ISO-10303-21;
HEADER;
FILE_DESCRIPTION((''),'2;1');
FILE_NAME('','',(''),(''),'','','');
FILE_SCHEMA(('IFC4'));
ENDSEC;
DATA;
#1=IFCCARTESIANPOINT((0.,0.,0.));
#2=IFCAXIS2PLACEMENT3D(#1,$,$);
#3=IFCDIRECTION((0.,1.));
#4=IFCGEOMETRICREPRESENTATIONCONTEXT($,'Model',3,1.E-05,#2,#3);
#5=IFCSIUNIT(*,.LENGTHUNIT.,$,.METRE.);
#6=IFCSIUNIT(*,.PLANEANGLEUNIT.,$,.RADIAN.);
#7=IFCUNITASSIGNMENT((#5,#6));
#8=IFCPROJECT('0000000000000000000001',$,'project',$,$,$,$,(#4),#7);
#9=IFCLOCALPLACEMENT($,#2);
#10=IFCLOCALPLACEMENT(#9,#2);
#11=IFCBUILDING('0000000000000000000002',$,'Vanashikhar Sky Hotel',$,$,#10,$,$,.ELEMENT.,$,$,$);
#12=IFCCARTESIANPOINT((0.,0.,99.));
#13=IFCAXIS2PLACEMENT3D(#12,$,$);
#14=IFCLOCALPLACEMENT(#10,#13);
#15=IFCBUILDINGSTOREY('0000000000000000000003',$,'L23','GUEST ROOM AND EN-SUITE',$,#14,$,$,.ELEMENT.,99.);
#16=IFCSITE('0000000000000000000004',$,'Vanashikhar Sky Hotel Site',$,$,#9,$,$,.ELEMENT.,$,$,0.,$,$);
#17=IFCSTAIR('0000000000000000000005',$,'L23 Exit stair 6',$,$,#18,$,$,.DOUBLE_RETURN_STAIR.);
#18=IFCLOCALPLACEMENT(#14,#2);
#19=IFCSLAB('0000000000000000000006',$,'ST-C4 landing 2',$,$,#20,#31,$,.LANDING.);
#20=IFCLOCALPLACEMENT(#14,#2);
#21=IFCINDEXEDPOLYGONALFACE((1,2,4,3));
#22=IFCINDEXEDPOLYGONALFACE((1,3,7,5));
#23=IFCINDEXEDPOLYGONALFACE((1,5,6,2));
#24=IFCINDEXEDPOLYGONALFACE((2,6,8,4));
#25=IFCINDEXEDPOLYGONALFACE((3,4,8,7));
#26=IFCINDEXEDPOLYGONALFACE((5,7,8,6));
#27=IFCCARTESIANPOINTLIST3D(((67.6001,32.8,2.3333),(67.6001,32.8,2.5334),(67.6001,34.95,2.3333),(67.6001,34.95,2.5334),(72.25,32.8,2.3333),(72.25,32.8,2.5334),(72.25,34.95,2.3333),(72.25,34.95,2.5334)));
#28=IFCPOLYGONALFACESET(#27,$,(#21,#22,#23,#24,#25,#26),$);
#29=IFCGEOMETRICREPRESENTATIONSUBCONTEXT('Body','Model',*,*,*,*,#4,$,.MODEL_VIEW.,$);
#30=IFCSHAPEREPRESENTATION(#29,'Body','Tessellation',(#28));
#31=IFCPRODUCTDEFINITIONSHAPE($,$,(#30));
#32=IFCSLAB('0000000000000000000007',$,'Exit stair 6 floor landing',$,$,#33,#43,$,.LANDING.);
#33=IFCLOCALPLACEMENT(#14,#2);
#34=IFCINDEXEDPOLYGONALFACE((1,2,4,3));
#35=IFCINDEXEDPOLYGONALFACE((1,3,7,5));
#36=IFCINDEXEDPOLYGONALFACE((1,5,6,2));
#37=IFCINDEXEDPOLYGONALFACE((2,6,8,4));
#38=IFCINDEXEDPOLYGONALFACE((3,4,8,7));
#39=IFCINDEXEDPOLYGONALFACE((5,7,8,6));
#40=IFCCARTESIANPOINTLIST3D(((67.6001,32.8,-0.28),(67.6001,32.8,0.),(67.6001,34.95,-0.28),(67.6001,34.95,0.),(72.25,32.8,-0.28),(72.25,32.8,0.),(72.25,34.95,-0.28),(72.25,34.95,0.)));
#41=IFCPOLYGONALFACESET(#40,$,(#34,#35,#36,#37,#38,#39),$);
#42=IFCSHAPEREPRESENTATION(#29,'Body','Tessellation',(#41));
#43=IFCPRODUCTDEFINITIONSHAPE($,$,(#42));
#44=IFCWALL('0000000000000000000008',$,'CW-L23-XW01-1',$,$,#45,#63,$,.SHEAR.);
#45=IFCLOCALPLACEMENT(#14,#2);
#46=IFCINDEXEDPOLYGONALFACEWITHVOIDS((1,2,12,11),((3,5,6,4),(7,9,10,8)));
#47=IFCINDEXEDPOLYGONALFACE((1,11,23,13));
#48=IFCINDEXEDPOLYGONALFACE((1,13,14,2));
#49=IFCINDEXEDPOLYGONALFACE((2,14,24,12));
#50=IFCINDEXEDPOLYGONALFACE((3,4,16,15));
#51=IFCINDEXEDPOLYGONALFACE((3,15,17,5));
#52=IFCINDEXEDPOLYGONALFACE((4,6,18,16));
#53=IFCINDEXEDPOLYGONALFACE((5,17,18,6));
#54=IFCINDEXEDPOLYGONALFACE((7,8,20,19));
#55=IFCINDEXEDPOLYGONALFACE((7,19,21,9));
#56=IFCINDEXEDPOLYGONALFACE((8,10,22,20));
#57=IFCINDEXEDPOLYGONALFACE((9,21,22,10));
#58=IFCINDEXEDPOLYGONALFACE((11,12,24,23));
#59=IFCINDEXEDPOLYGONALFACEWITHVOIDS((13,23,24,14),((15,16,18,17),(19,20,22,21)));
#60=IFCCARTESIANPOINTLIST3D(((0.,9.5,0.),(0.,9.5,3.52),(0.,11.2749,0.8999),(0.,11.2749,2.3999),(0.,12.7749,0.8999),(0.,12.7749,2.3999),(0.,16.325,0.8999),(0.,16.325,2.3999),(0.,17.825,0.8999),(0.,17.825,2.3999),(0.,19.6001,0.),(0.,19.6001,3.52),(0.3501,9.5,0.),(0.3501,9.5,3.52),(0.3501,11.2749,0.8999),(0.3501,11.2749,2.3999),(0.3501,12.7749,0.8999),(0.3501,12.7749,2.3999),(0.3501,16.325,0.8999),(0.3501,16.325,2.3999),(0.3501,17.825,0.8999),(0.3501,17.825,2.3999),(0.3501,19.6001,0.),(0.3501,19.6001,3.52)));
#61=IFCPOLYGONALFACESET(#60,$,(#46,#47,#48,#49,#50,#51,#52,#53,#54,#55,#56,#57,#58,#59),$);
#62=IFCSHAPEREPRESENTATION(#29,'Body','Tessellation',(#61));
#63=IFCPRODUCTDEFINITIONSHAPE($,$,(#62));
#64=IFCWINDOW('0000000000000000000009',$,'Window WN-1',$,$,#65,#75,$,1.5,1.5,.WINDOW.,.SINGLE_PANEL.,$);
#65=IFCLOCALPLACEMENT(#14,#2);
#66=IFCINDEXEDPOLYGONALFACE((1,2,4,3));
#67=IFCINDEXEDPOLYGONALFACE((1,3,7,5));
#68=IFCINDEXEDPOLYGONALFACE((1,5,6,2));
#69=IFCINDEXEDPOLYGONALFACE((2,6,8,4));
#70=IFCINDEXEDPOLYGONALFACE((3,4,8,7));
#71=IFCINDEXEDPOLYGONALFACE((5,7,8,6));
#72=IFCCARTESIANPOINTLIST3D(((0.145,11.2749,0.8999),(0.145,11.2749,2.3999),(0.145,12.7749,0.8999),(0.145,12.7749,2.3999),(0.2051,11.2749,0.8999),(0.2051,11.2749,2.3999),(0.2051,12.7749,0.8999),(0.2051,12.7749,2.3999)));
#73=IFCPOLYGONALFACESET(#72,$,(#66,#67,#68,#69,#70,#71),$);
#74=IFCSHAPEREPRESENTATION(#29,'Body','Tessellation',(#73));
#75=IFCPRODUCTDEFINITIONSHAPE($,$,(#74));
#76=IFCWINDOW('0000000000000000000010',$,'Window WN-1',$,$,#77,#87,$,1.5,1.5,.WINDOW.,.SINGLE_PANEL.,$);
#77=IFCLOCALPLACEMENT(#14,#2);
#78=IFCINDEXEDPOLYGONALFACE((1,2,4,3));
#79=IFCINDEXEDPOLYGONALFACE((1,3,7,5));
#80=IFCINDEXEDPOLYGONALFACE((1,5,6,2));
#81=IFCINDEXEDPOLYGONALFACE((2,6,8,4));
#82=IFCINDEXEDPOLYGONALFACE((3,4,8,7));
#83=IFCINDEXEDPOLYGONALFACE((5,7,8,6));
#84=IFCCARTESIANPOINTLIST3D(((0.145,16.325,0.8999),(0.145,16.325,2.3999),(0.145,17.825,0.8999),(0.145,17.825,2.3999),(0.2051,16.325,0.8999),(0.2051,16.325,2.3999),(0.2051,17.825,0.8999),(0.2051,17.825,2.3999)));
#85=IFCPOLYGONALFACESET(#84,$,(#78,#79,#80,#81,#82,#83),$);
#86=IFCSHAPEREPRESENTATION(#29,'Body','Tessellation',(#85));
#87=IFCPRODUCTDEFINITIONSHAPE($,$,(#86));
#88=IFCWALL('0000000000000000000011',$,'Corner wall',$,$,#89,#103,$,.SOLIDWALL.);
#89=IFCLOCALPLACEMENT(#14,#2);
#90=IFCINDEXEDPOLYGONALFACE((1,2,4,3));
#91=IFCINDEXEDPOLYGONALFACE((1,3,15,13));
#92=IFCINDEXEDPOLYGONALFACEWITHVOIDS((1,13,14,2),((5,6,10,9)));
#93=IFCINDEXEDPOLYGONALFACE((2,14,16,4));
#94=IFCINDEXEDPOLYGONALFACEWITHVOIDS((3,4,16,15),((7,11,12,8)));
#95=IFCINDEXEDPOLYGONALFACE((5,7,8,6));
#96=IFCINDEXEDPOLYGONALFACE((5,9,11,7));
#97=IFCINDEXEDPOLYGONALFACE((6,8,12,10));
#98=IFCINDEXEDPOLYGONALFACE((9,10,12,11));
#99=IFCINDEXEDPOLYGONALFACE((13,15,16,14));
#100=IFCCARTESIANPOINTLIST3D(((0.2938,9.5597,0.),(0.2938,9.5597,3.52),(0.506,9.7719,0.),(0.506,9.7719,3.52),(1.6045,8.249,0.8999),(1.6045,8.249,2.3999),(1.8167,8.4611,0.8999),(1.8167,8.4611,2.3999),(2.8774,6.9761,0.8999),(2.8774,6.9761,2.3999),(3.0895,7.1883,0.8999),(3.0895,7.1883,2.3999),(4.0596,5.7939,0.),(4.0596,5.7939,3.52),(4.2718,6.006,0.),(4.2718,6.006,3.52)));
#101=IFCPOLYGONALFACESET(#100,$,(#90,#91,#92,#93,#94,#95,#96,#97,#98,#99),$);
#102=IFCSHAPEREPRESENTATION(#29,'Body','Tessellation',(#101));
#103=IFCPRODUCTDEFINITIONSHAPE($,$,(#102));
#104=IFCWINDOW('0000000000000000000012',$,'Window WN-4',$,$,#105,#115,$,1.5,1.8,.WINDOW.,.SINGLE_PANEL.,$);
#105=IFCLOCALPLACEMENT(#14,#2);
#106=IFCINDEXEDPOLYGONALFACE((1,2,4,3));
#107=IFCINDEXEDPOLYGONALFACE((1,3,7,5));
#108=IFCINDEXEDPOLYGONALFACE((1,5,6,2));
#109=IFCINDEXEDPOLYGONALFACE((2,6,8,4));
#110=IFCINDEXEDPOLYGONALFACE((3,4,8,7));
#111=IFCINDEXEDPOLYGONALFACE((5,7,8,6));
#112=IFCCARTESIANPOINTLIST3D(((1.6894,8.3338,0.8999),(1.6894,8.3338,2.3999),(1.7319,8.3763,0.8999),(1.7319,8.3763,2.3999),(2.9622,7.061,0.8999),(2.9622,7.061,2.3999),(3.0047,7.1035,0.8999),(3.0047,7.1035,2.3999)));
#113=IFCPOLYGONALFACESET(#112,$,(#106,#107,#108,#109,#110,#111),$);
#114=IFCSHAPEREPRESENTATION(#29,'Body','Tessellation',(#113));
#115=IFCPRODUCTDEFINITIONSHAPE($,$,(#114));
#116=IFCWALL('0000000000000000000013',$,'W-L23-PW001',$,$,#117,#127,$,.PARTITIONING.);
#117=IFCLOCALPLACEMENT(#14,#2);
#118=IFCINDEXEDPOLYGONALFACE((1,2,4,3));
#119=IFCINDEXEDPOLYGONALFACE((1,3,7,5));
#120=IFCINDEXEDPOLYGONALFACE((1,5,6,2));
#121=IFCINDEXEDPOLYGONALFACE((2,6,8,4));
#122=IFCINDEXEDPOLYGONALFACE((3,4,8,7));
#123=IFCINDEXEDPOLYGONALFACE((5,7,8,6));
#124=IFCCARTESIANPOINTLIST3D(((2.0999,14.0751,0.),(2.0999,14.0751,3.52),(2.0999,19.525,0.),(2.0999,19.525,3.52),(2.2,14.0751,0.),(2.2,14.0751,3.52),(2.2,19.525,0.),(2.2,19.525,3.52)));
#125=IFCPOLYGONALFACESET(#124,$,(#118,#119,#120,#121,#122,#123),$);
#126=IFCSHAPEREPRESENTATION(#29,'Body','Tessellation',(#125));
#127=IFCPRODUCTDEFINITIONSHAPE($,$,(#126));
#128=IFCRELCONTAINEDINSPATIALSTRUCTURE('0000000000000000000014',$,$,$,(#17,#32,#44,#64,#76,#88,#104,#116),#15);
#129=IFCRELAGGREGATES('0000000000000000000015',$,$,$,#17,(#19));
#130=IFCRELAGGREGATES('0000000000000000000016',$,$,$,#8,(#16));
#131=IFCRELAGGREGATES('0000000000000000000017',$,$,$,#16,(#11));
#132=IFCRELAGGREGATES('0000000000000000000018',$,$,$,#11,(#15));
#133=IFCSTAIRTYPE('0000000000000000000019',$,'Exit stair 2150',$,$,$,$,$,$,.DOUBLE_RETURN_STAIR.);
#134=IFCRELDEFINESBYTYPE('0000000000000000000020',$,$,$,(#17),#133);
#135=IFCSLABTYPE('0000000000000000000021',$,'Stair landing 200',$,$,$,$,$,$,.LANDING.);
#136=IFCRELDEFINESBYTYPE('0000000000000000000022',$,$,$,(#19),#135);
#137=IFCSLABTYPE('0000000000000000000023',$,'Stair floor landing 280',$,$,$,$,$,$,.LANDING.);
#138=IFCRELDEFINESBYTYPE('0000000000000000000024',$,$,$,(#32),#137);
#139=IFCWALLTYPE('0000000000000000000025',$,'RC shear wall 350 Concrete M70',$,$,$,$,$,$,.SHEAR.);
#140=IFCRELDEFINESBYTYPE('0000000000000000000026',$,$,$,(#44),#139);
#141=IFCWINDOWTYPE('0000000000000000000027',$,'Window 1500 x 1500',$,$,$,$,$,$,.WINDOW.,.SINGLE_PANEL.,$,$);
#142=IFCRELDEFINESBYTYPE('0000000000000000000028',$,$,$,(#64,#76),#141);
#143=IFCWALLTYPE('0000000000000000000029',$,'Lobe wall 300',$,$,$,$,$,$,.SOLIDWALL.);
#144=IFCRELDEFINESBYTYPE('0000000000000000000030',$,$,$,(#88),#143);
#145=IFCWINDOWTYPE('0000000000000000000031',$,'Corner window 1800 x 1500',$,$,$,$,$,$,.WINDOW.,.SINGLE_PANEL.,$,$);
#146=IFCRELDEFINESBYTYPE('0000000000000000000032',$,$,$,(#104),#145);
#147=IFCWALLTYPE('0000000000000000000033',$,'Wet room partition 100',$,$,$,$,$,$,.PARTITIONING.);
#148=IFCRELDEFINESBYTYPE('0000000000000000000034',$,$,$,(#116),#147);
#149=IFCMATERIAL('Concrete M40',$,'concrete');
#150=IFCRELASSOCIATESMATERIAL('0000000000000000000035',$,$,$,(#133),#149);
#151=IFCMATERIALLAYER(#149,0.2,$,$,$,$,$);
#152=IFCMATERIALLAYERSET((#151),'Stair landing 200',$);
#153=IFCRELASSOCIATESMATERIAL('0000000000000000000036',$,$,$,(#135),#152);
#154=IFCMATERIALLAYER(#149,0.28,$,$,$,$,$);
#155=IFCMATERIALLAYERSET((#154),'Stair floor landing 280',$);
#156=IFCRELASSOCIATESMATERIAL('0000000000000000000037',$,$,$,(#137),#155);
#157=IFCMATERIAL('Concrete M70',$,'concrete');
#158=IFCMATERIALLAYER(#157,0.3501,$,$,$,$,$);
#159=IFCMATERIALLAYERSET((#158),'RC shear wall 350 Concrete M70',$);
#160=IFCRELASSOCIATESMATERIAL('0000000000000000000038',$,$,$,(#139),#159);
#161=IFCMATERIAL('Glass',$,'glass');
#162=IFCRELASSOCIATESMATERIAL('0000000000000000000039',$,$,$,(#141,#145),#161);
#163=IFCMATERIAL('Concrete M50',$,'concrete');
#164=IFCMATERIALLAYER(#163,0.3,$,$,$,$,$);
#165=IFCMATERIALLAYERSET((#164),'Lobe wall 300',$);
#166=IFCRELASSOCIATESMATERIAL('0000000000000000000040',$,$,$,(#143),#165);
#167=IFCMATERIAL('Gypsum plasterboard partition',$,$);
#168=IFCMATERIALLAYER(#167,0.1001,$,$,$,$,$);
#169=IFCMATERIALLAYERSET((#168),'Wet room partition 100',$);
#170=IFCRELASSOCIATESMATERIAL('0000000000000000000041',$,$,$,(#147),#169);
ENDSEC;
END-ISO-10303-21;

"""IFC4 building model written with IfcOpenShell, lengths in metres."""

from ifc_helpers import new_model, si_unit, direction, frame, frame_2d, origin, place, context, subcontext, project, spatial, polyline, rectangle, outline, extrude, source, transform, mapped, material, layer, layer_set, type_object, element, fill, aggregate, save


model = new_model("IFC4")

# Units and contexts
model_context = context("Model", 3, precision=1e-05, world=origin(), true_north=direction((0.0, 1.0)))
body_context = subcontext(model_context, "Body", "Model", "MODEL_VIEW")
ifc_project = project(units=[si_unit("LENGTHUNIT", "METRE"), si_unit("PLANEANGLEUNIT", "RADIAN")], contexts=[model_context])

# Site, building, storey
site_placement = place(None, origin())
site = spatial("IfcSite", under=ifc_project, at=site_placement, Name="Vanashikhar Sky Hotel Site", CompositionType="ELEMENT", RefElevation=0.0)
building_placement = place(site_placement, origin())
building = spatial("IfcBuilding", under=site, at=building_placement, Name="Vanashikhar Sky Hotel", CompositionType="ELEMENT")
storey_placement = place(building_placement, frame((0.0, 0.0, 99.0)))
storey = spatial("IfcBuildingStorey", under=building, at=storey_placement, Name="L23", Description="GUEST ROOM AND EN-SUITE", CompositionType="ELEMENT", Elevation=99.0)

# Shared definitions
ifc_material_1 = material(Name="Concrete M40", Category="concrete")

# Shared definitions
stair_type = type_object("IfcStairType", Name="Exit stair 2150", PredefinedType="DOUBLE_RETURN_STAIR", material=ifc_material_1)
ifc_layer_1 = layer(ifc_material_1, 0.2)
ifc_layer_set_1 = layer_set([ifc_layer_1], Name="Stair landing 200")
slab_type_1 = type_object("IfcSlabType", Name="Stair landing 200", PredefinedType="LANDING", material=ifc_layer_set_1)

# Shared definitions
ifc_layer_2 = layer(ifc_material_1, 0.28)
ifc_layer_set_2 = layer_set([ifc_layer_2], Name="Stair floor landing 280")
slab_type_2 = type_object("IfcSlabType", Name="Stair floor landing 280", PredefinedType="LANDING", material=ifc_layer_set_2)

# Stair, slab
stair_1_placement = place(storey_placement, origin())
stair_1 = element("IfcStair", 1, at=stair_1_placement, inside=storey, type_object=stair_type, Name="L23 Exit stair 6", PredefinedType="DOUBLE_RETURN_STAIR")
shared_shape_1 = source(origin(), body_context, "Body", "SweptSolid", [
    extrude(outline(polyline([(72.25, 32.8), (72.25, 34.95), (67.6001, 34.95), (67.6001, 32.8), (72.25, 32.8)])), origin(), (0.0, 0.0, 1.0), 0.2002),
])
slab_1_placement = place(storey_placement, frame((0.0, 0.0, 2.3333)))
slab_1 = element("IfcSlab", 2, at=slab_1_placement, type_object=slab_type_1, Name="ST-C4 landing 2", PredefinedType="LANDING", context=body_context, shape_type="MappedRepresentation", body=[
    mapped(shared_shape_1, transform((0.0, 0.0, 0.0), scale=1.0)),
])
aggregate(stair_1, [slab_1])

# Slab
shared_shape_2 = source(origin(), body_context, "Body", "SweptSolid", [
    extrude(outline(polyline([(72.25, 32.8), (72.25, 34.95), (67.6001, 34.95), (67.6001, 32.8), (72.25, 32.8)])), origin(), (0.0, 0.0, 1.0), 0.28),
])
slab_2_placement = place(storey_placement, frame((0.0, 0.0, -0.28)))
element("IfcSlab", 3, at=slab_2_placement, inside=storey, type_object=slab_type_2, Name="Exit stair 6 floor landing", PredefinedType="LANDING", context=body_context, shape_type="MappedRepresentation", body=[
    mapped(shared_shape_2, transform((0.0, 0.0, 0.0), scale=1.0)),
])

# Wall, openings, windows
ifc_material_2 = material(Name="Concrete M70", Category="concrete")
ifc_layer_3 = layer(ifc_material_2, 0.3501)
ifc_layer_set_3 = layer_set([ifc_layer_3], Name="RC shear wall 350 Concrete M70")
wall_type_1 = type_object("IfcWallType", Name="RC shear wall 350 Concrete M70", PredefinedType="SHEAR", material=ifc_layer_set_3)
shared_shape_3 = source(origin(), body_context, "Body", "SweptSolid", [
    extrude(rectangle(XDim=10.1001, YDim=0.3501, at=frame_2d((5.05, 0.0))), origin(), (0.0, 0.0, 1.0), 3.52),
])
wall_1_placement = place(storey_placement, frame((0.175, 9.5, 0.0), z_axis=(0.0, 0.0, 1.0), x_axis=(0.0, 1.0, 0.0)))
wall_1 = element("IfcWall", 4, at=wall_1_placement, inside=storey, type_object=wall_type_1, Name="CW-L23-XW01-1", PredefinedType="SHEAR", context=body_context, shape_type="MappedRepresentation", body=[
    mapped(shared_shape_3, transform((0.0, 0.0, 0.0), scale=1.0)),
])
shared_shape_4 = source(origin(), body_context, "Body", "SweptSolid", [
    extrude(rectangle(XDim=1.5, YDim=1.5, at=frame_2d((0.75, 0.75))), frame((0.0, 0.1851, 0.0), z_axis=(0.0, -1.0, 0.0), x_axis=(1.0, 0.0, 0.0)), (0.0, 0.0, 1.0), 0.3701),
])
opening_1_placement = place(wall_1_placement, frame((1.7749, 0.0, 0.8999)))
opening_1 = element("IfcOpeningElement", 5, at=opening_1_placement, cuts=wall_1, PredefinedType="OPENING", context=body_context, shape_type="MappedRepresentation", body=[
    mapped(shared_shape_4, transform((0.0, 0.0, 0.0), scale=1.0)),
])
opening_2_placement = place(wall_1_placement, frame((6.825, 0.0, 0.8999)))
opening_2 = element("IfcOpeningElement", 6, at=opening_2_placement, cuts=wall_1, PredefinedType="OPENING", context=body_context, shape_type="MappedRepresentation", body=[
    mapped(shared_shape_4, transform((0.0, 0.0, 0.0), scale=1.0)),
])
ifc_material_3 = material(Name="Glass", Category="glass")
window_type_1 = type_object("IfcWindowType", Name="Window 1500 x 1500", PartitioningType="SINGLE_PANEL", PredefinedType="WINDOW", material=ifc_material_3)
shared_shape_5 = source(origin(), body_context, "Body", "SweptSolid", [
    extrude(rectangle(XDim=1.5, YDim=1.5, at=frame_2d((0.75, 0.75))), frame((0.0, 0.03, 0.0), z_axis=(0.0, -1.0, 0.0), x_axis=(1.0, 0.0, 0.0)), (0.0, 0.0, 1.0), 0.0601),
])
window_1_placement = place(opening_1_placement, origin())
window_1 = element("IfcWindow", 7, at=window_1_placement, inside=storey, type_object=window_type_1, Name="Window WN-1", OverallHeight=1.5, OverallWidth=1.5, PartitioningType="SINGLE_PANEL", PredefinedType="WINDOW", context=body_context, shape_type="MappedRepresentation", body=[
    mapped(shared_shape_5, transform((0.0, 0.0, 0.0), scale=1.0)),
])
fill(opening_1, window_1)
window_2_placement = place(opening_2_placement, origin())
window_2 = element("IfcWindow", 8, at=window_2_placement, inside=storey, type_object=window_type_1, Name="Window WN-1", OverallHeight=1.5, OverallWidth=1.5, PartitioningType="SINGLE_PANEL", PredefinedType="WINDOW", context=body_context, shape_type="MappedRepresentation", body=[
    mapped(shared_shape_5, transform((0.0, 0.0, 0.0), scale=1.0)),
])
fill(opening_2, window_2)

# Wall, opening, window
ifc_material_4 = material(Name="Concrete M50", Category="concrete")
ifc_layer_4 = layer(ifc_material_4, 0.3)
ifc_layer_set_4 = layer_set([ifc_layer_4], Name="Lobe wall 300")
wall_type_2 = type_object("IfcWallType", Name="Lobe wall 300", PredefinedType="SOLIDWALL", material=ifc_layer_set_4)
shared_shape_6 = source(origin(), body_context, "Body", "SweptSolid", [
    extrude(rectangle(XDim=5.3257, YDim=0.3, at=frame_2d((2.6628, 0.0))), origin(), (0.0, 0.0, 1.0), 3.52),
])
wall_2_placement = place(storey_placement, frame((0.3999, 9.6658, 0.0), z_axis=(0.0, 0.0, 1.0), x_axis=(0.707107, -0.707107, 0.0)))
wall_2 = element("IfcWall", 9, at=wall_2_placement, inside=storey, type_object=wall_type_2, Name="Corner wall", PredefinedType="SOLIDWALL", context=body_context, shape_type="MappedRepresentation", body=[
    mapped(shared_shape_6, transform((0.0, 0.0, 0.0), scale=1.0)),
])
shared_shape_7 = source(origin(), body_context, "Body", "SweptSolid", [
    extrude(rectangle(XDim=1.8, YDim=1.5, at=frame_2d((0.8999, 0.75))), frame((0.0, 0.1602, 0.0), z_axis=(0.0, -1.0, 0.0), x_axis=(1.0, 0.0, 0.0)), (0.0, 0.0, 1.0), 0.3201),
])
opening_3_placement = place(wall_2_placement, frame((1.8538, 0.0, 0.8999)))
opening_3 = element("IfcOpeningElement", 10, at=opening_3_placement, cuts=wall_2, PredefinedType="OPENING", context=body_context, shape_type="MappedRepresentation", body=[
    mapped(shared_shape_7, transform((0.0, 0.0, 0.0), scale=1.0)),
])
window_type_2 = type_object("IfcWindowType", Name="Corner window 1800 x 1500", PartitioningType="SINGLE_PANEL", PredefinedType="WINDOW", material=ifc_material_3)
shared_shape_8 = source(origin(), body_context, "Body", "SweptSolid", [
    extrude(rectangle(XDim=1.8, YDim=1.5, at=frame_2d((0.8999, 0.75))), frame((0.0, 0.03, 0.0), z_axis=(0.0, -1.0, 0.0), x_axis=(1.0, 0.0, 0.0)), (0.0, 0.0, 1.0), 0.0601),
])
window_3_placement = place(opening_3_placement, origin())
window_3 = element("IfcWindow", 11, at=window_3_placement, inside=storey, type_object=window_type_2, Name="Window WN-4", OverallHeight=1.5, OverallWidth=1.8, PartitioningType="SINGLE_PANEL", PredefinedType="WINDOW", context=body_context, shape_type="MappedRepresentation", body=[
    mapped(shared_shape_8, transform((0.0, 0.0, 0.0), scale=1.0)),
])
fill(opening_3, window_3)

# Wall
ifc_material_5 = material(Name="Gypsum plasterboard partition")
ifc_layer_5 = layer(ifc_material_5, 0.1001)
ifc_layer_set_5 = layer_set([ifc_layer_5], Name="Wet room partition 100")
wall_type_3 = type_object("IfcWallType", Name="Wet room partition 100", PredefinedType="PARTITIONING", material=ifc_layer_set_5)
shared_shape_9 = source(origin(), body_context, "Body", "SweptSolid", [
    extrude(rectangle(XDim=5.45, YDim=0.1001, at=frame_2d((2.7251, 0.0))), origin(), (0.0, 0.0, 1.0), 3.52),
])
wall_3_placement = place(storey_placement, frame((2.1499, 14.075, 0.0), z_axis=(0.0, 0.0, 1.0), x_axis=(0.0, 1.0, 0.0)))
element("IfcWall", 12, at=wall_3_placement, inside=storey, type_object=wall_type_3, Name="W-L23-PW001", PredefinedType="PARTITIONING", context=body_context, shape_type="MappedRepresentation", body=[
    mapped(shared_shape_9, transform((0.0, 0.0, 0.0), scale=1.0)),
])

save(model, "model.ifc")
